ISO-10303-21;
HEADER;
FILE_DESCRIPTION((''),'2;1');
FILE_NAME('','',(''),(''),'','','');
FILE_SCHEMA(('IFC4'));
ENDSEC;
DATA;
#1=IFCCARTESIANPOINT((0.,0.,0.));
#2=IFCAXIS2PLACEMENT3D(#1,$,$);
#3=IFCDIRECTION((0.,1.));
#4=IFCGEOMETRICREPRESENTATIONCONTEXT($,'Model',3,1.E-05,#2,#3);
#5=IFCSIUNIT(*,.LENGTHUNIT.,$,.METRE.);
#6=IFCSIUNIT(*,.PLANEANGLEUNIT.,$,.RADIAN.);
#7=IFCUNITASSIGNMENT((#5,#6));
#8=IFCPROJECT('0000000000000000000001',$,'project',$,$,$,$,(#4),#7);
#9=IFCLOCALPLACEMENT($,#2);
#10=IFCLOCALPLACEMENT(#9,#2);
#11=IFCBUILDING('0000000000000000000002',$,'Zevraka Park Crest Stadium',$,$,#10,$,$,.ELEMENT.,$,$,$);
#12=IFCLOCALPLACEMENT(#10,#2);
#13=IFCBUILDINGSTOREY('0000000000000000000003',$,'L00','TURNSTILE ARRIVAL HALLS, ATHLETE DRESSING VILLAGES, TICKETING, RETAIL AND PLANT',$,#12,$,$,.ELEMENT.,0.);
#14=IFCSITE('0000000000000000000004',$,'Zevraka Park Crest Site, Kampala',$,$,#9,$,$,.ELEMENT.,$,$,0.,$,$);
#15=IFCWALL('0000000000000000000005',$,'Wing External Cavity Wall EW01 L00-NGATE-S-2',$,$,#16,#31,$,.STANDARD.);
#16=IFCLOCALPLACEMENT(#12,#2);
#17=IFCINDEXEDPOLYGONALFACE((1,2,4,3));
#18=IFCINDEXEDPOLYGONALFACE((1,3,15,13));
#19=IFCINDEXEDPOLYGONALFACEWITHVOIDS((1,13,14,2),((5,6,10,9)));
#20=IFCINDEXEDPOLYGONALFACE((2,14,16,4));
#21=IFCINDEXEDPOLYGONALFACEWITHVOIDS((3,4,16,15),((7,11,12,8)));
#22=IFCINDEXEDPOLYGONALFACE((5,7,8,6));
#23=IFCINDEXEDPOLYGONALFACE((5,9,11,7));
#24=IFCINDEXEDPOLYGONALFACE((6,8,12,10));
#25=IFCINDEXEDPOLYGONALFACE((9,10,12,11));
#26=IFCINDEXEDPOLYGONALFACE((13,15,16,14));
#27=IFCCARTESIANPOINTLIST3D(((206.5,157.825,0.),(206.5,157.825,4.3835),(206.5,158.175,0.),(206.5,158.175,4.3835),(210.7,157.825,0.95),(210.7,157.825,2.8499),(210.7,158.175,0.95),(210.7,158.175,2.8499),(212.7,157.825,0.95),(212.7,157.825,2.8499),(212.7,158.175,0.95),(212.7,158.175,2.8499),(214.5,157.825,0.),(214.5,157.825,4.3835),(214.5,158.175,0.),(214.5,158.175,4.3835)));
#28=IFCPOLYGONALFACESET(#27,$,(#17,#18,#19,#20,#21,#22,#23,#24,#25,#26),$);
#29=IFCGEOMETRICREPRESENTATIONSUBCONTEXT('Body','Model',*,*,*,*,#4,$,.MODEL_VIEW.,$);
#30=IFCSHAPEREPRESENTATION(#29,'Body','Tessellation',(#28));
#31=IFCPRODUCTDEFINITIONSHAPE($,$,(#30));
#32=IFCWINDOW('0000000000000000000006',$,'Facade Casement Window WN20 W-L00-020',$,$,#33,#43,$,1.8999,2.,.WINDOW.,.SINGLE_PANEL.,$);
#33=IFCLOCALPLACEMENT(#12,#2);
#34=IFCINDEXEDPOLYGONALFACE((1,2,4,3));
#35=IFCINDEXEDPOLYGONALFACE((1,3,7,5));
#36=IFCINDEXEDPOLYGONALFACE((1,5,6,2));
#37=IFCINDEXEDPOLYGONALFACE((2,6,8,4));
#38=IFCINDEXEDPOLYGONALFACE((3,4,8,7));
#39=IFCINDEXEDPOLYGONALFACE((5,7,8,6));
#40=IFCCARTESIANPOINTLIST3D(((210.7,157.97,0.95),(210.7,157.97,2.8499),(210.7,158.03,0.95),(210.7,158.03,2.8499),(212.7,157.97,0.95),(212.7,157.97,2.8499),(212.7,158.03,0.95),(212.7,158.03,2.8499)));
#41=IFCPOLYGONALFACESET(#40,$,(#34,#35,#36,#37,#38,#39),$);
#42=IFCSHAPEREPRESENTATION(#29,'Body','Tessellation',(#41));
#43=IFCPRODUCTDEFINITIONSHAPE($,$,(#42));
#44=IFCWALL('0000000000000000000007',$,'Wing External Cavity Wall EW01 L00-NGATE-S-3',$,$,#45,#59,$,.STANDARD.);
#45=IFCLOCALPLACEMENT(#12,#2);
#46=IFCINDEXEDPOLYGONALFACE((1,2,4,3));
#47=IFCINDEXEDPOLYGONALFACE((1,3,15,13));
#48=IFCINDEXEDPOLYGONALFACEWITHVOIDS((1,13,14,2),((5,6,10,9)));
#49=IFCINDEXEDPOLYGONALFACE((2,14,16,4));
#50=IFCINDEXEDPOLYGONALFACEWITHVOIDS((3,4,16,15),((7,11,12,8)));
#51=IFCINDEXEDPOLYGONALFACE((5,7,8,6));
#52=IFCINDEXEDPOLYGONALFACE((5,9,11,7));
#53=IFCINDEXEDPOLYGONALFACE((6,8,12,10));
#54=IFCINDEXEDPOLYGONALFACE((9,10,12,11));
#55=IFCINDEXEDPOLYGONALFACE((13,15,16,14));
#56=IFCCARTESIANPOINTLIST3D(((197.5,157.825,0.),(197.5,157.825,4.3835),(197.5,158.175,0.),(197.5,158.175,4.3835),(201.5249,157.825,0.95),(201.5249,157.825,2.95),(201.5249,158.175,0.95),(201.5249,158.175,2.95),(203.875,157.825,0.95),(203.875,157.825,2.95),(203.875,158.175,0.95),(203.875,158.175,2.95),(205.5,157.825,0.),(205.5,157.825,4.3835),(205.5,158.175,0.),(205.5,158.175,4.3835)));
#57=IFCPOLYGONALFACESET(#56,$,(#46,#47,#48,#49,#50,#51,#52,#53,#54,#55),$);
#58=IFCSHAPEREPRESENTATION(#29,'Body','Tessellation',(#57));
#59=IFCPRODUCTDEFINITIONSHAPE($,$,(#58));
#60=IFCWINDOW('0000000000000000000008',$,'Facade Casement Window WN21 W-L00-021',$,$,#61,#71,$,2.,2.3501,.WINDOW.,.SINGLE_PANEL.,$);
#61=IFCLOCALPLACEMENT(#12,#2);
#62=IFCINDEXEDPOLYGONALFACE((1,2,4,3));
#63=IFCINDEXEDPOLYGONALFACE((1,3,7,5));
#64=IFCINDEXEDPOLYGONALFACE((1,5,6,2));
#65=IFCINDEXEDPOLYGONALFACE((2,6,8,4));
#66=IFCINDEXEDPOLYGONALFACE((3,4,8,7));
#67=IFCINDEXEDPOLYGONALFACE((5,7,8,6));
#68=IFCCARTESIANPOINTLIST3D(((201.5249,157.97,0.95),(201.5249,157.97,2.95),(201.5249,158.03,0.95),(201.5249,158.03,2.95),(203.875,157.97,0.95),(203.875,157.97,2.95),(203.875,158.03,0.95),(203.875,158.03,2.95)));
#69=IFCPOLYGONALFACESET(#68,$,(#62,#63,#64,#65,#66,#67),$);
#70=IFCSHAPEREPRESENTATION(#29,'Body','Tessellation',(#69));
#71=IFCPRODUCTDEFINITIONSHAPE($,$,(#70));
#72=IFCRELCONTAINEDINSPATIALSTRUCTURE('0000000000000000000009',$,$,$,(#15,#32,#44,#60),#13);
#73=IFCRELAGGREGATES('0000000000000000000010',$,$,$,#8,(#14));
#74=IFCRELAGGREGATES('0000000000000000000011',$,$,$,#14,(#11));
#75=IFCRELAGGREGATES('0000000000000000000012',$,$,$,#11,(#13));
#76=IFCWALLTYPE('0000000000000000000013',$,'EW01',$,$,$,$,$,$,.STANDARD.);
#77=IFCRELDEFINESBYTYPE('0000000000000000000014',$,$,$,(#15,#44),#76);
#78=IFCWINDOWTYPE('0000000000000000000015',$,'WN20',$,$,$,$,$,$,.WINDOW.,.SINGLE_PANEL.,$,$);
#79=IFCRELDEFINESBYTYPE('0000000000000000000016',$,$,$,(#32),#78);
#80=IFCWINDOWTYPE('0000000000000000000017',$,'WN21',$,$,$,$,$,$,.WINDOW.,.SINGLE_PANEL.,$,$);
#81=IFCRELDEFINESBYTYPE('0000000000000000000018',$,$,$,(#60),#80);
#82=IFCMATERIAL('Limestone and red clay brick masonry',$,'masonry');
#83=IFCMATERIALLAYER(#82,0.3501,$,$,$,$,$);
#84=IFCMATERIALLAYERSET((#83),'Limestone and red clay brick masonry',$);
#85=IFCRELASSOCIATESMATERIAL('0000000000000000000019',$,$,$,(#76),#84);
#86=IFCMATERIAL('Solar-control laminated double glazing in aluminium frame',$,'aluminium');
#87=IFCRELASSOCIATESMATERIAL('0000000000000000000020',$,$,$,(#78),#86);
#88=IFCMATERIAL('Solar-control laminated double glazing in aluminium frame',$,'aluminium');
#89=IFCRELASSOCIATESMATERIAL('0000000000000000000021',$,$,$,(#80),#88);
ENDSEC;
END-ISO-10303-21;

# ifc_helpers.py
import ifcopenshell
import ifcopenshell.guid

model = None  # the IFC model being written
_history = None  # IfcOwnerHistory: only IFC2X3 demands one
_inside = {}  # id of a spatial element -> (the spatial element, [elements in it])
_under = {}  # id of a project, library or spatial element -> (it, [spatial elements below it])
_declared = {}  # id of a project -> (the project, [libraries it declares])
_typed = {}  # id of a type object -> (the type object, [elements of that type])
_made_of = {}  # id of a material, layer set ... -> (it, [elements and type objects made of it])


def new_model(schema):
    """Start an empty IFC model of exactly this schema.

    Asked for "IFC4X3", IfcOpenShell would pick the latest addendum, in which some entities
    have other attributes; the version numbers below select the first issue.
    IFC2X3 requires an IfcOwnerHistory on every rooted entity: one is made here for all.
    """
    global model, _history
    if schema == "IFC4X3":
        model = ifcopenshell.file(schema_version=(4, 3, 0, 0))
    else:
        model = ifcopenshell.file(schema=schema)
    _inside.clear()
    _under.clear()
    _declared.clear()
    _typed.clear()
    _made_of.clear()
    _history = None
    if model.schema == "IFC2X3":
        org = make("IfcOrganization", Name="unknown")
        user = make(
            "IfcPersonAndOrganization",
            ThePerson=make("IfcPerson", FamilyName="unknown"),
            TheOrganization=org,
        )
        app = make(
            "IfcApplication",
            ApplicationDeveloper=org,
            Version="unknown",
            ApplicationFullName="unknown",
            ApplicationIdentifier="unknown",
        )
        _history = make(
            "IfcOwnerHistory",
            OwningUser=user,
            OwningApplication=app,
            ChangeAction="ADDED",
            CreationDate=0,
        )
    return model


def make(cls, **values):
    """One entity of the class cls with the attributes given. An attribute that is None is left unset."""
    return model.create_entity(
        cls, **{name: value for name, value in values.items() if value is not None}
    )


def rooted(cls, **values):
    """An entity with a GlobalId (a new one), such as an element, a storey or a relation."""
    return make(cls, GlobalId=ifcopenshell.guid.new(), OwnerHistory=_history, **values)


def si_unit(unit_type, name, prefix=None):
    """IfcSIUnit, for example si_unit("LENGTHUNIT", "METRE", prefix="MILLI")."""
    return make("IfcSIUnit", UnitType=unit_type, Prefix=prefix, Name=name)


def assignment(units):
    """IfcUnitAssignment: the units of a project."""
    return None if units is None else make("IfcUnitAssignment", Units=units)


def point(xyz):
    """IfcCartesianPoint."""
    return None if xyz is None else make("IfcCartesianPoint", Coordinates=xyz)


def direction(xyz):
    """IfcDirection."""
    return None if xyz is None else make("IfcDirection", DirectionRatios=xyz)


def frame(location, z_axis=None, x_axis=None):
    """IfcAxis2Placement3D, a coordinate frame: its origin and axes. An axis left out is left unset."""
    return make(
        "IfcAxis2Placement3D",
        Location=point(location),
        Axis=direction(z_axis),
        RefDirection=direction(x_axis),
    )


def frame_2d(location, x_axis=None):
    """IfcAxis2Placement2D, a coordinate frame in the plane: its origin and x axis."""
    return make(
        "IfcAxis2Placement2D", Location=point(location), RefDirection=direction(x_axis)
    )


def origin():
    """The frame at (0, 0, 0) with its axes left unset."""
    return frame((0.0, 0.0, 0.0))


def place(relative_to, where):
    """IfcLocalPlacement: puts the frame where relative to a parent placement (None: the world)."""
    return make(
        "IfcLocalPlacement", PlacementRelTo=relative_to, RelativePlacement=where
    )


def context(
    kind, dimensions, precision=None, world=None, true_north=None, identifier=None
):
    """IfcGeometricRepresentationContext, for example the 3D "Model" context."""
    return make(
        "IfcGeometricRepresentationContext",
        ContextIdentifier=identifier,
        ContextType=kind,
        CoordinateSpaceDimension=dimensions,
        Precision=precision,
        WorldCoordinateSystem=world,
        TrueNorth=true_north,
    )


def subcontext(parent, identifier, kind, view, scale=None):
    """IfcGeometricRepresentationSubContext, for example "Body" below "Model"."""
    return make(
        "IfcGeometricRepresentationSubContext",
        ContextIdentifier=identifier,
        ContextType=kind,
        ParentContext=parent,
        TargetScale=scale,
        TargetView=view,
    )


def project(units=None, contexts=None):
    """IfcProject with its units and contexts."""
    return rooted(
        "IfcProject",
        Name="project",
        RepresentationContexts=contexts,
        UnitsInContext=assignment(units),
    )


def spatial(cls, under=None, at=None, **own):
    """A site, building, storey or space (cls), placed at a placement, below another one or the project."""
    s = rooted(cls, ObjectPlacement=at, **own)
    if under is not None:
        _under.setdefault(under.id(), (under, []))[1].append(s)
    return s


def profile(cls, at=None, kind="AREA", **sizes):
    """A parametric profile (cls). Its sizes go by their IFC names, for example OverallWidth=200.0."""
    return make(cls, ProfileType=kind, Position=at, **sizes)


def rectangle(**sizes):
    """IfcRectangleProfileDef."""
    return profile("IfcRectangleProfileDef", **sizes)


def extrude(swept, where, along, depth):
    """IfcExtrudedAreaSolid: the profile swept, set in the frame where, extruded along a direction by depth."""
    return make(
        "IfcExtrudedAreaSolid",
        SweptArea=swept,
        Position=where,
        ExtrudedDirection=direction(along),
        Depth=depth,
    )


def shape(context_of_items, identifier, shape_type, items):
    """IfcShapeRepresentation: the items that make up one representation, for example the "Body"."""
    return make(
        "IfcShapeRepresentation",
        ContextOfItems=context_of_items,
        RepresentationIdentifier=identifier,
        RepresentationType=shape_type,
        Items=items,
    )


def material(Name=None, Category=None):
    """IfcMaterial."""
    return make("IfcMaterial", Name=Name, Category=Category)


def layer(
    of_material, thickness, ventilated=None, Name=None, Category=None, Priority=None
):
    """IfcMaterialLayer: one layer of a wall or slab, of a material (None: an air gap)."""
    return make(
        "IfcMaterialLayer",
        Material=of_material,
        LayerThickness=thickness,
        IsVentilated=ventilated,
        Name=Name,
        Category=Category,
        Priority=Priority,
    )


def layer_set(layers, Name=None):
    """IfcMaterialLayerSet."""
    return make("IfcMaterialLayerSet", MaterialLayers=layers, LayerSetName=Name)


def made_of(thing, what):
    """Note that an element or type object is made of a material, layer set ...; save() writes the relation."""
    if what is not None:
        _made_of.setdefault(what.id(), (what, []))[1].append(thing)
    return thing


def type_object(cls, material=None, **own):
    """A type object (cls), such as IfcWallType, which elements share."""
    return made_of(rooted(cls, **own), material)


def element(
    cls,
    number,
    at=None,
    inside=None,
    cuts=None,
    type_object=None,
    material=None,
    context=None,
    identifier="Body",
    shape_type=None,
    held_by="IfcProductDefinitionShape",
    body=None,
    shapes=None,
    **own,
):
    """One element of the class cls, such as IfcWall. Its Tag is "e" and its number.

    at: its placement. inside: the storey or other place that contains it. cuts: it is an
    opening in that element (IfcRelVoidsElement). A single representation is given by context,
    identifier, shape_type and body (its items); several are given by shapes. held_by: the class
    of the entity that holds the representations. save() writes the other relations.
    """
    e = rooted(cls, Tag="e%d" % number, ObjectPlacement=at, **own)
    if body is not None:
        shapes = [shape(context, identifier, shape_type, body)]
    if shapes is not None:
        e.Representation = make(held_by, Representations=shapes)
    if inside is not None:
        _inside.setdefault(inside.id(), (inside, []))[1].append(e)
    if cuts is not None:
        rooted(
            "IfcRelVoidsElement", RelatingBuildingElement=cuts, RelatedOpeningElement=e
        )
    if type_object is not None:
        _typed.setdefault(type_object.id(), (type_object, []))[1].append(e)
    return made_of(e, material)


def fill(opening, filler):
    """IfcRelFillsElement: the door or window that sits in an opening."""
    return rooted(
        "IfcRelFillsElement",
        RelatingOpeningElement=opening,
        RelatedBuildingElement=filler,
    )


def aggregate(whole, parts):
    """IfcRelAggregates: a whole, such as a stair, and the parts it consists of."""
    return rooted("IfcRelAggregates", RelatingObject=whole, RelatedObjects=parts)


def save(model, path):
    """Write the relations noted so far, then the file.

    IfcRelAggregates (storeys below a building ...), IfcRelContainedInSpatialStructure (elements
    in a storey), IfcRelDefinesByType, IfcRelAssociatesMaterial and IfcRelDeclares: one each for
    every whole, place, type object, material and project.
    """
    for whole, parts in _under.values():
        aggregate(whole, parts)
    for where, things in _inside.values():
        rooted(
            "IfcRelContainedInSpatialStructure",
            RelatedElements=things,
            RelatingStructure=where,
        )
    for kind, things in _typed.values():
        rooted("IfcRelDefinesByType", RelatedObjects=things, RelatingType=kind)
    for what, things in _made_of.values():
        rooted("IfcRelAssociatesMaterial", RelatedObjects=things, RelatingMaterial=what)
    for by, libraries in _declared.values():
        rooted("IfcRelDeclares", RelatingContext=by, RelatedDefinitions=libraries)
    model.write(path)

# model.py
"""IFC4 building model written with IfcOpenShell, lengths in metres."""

from ifc_helpers import new_model, si_unit, direction, frame, frame_2d, origin, place, context, subcontext, project, spatial, rectangle, extrude, material, layer, layer_set, type_object, element, fill, save


model = new_model("IFC4")

# Units and contexts
model_context = context("Model", 3, precision=1e-05, world=origin(), true_north=direction((0.0, 1.0)))
body_context = subcontext(model_context, "Body", "Model", "MODEL_VIEW")
ifc_project = project(units=[si_unit("LENGTHUNIT", "METRE"), si_unit("PLANEANGLEUNIT", "RADIAN")], contexts=[model_context])

# Site, building, storey
site_placement = place(None, origin())
site = spatial("IfcSite", under=ifc_project, at=site_placement, Name="Zevraka Park Crest Site, Kampala", CompositionType="ELEMENT", RefElevation=0.0)
building_placement = place(site_placement, origin())
building = spatial("IfcBuilding", under=site, at=building_placement, Name="Zevraka Park Crest Stadium", CompositionType="ELEMENT")
storey_placement = place(building_placement, origin())
storey = spatial("IfcBuildingStorey", under=building, at=storey_placement, Name="L00", Description="TURNSTILE ARRIVAL HALLS, ATHLETE DRESSING VILLAGES, TICKETING, RETAIL AND PLANT", CompositionType="ELEMENT", Elevation=0.0)

# Walls, openings, windows
ifc_material_1 = material(Name="Limestone and red clay brick masonry", Category="masonry")
ifc_layer = layer(ifc_material_1, 0.3501)
ifc_layer_set = layer_set([ifc_layer], Name="Limestone and red clay brick masonry")
wall_type = type_object("IfcWallType", Name="EW01", PredefinedType="STANDARD", material=ifc_layer_set)
wall_1_placement = place(storey_placement, frame((214.5, 158.0, 0.0), z_axis=(0.0, 0.0, 1.0), x_axis=(-1.0, 0.0, 0.0)))
wall_1 = element("IfcWall", 1, at=wall_1_placement, inside=storey, type_object=wall_type, Name="Wing External Cavity Wall EW01 L00-NGATE-S-2", PredefinedType="STANDARD", context=body_context, shape_type="SweptSolid", body=[
    extrude(rectangle(XDim=8.0, YDim=0.3501, at=frame_2d((4.0, 0.0))), origin(), (0.0, 0.0, 1.0), 4.3835),
])
opening_1_placement = place(wall_1_placement, frame((1.8, 0.0, 0.95)))
opening_1 = element("IfcOpeningElement", 2, at=opening_1_placement, cuts=wall_1, PredefinedType="OPENING", context=body_context, shape_type="SweptSolid", body=[
    extrude(rectangle(XDim=2.0, YDim=1.8999, at=frame_2d((1.0, 0.95))), frame((0.0, 0.1851, 0.0), z_axis=(0.0, -1.0, 0.0), x_axis=(1.0, 0.0, 0.0)), (0.0, 0.0, 1.0), 0.3701),
])
ifc_material_2 = material(Name="Solar-control laminated double glazing in aluminium frame", Category="aluminium")
window_type_1 = type_object("IfcWindowType", Name="WN20", PartitioningType="SINGLE_PANEL", PredefinedType="WINDOW", material=ifc_material_2)
window_1_placement = place(opening_1_placement, origin())
window_1 = element("IfcWindow", 3, at=window_1_placement, inside=storey, type_object=window_type_1, Name="Facade Casement Window WN20 W-L00-020", OverallHeight=1.8999, OverallWidth=2.0, PartitioningType="SINGLE_PANEL", PredefinedType="WINDOW", context=body_context, shape_type="SweptSolid", body=[
    extrude(rectangle(XDim=2.0, YDim=1.8999, at=frame_2d((1.0, 0.95))), frame((0.0, 0.03, 0.0), z_axis=(0.0, -1.0, 0.0), x_axis=(1.0, 0.0, 0.0)), (0.0, 0.0, 1.0), 0.0601),
])
fill(opening_1, window_1)
wall_2_placement = place(storey_placement, frame((205.5, 158.0, 0.0), z_axis=(0.0, 0.0, 1.0), x_axis=(-1.0, 0.0, 0.0)))
wall_2 = element("IfcWall", 4, at=wall_2_placement, inside=storey, type_object=wall_type, Name="Wing External Cavity Wall EW01 L00-NGATE-S-3", PredefinedType="STANDARD", context=body_context, shape_type="SweptSolid", body=[
    extrude(rectangle(XDim=8.0, YDim=0.3501, at=frame_2d((4.0, 0.0))), origin(), (0.0, 0.0, 1.0), 4.3835),
])
opening_2_placement = place(wall_2_placement, frame((1.625, 0.0, 0.95)))
opening_2 = element("IfcOpeningElement", 5, at=opening_2_placement, cuts=wall_2, PredefinedType="OPENING", context=body_context, shape_type="SweptSolid", body=[
    extrude(rectangle(XDim=2.3501, YDim=2.0, at=frame_2d((1.175, 1.0))), frame((0.0, 0.1851, 0.0), z_axis=(0.0, -1.0, 0.0), x_axis=(1.0, 0.0, 0.0)), (0.0, 0.0, 1.0), 0.3701),
])
ifc_material_3 = material(Name="Solar-control laminated double glazing in aluminium frame", Category="aluminium")
window_type_2 = type_object("IfcWindowType", Name="WN21", PartitioningType="SINGLE_PANEL", PredefinedType="WINDOW", material=ifc_material_3)
window_2_placement = place(opening_2_placement, origin())
window_2 = element("IfcWindow", 6, at=window_2_placement, inside=storey, type_object=window_type_2, Name="Facade Casement Window WN21 W-L00-021", OverallHeight=2.0, OverallWidth=2.3501, PartitioningType="SINGLE_PANEL", PredefinedType="WINDOW", context=body_context, shape_type="SweptSolid", body=[
    extrude(rectangle(XDim=2.3501, YDim=2.0, at=frame_2d((1.175, 1.0))), frame((0.0, 0.03, 0.0), z_axis=(0.0, -1.0, 0.0), x_axis=(1.0, 0.0, 0.0)), (0.0, 0.0, 1.0), 0.0601),
])
fill(opening_2, window_2)

save(model, "model.ifc")
